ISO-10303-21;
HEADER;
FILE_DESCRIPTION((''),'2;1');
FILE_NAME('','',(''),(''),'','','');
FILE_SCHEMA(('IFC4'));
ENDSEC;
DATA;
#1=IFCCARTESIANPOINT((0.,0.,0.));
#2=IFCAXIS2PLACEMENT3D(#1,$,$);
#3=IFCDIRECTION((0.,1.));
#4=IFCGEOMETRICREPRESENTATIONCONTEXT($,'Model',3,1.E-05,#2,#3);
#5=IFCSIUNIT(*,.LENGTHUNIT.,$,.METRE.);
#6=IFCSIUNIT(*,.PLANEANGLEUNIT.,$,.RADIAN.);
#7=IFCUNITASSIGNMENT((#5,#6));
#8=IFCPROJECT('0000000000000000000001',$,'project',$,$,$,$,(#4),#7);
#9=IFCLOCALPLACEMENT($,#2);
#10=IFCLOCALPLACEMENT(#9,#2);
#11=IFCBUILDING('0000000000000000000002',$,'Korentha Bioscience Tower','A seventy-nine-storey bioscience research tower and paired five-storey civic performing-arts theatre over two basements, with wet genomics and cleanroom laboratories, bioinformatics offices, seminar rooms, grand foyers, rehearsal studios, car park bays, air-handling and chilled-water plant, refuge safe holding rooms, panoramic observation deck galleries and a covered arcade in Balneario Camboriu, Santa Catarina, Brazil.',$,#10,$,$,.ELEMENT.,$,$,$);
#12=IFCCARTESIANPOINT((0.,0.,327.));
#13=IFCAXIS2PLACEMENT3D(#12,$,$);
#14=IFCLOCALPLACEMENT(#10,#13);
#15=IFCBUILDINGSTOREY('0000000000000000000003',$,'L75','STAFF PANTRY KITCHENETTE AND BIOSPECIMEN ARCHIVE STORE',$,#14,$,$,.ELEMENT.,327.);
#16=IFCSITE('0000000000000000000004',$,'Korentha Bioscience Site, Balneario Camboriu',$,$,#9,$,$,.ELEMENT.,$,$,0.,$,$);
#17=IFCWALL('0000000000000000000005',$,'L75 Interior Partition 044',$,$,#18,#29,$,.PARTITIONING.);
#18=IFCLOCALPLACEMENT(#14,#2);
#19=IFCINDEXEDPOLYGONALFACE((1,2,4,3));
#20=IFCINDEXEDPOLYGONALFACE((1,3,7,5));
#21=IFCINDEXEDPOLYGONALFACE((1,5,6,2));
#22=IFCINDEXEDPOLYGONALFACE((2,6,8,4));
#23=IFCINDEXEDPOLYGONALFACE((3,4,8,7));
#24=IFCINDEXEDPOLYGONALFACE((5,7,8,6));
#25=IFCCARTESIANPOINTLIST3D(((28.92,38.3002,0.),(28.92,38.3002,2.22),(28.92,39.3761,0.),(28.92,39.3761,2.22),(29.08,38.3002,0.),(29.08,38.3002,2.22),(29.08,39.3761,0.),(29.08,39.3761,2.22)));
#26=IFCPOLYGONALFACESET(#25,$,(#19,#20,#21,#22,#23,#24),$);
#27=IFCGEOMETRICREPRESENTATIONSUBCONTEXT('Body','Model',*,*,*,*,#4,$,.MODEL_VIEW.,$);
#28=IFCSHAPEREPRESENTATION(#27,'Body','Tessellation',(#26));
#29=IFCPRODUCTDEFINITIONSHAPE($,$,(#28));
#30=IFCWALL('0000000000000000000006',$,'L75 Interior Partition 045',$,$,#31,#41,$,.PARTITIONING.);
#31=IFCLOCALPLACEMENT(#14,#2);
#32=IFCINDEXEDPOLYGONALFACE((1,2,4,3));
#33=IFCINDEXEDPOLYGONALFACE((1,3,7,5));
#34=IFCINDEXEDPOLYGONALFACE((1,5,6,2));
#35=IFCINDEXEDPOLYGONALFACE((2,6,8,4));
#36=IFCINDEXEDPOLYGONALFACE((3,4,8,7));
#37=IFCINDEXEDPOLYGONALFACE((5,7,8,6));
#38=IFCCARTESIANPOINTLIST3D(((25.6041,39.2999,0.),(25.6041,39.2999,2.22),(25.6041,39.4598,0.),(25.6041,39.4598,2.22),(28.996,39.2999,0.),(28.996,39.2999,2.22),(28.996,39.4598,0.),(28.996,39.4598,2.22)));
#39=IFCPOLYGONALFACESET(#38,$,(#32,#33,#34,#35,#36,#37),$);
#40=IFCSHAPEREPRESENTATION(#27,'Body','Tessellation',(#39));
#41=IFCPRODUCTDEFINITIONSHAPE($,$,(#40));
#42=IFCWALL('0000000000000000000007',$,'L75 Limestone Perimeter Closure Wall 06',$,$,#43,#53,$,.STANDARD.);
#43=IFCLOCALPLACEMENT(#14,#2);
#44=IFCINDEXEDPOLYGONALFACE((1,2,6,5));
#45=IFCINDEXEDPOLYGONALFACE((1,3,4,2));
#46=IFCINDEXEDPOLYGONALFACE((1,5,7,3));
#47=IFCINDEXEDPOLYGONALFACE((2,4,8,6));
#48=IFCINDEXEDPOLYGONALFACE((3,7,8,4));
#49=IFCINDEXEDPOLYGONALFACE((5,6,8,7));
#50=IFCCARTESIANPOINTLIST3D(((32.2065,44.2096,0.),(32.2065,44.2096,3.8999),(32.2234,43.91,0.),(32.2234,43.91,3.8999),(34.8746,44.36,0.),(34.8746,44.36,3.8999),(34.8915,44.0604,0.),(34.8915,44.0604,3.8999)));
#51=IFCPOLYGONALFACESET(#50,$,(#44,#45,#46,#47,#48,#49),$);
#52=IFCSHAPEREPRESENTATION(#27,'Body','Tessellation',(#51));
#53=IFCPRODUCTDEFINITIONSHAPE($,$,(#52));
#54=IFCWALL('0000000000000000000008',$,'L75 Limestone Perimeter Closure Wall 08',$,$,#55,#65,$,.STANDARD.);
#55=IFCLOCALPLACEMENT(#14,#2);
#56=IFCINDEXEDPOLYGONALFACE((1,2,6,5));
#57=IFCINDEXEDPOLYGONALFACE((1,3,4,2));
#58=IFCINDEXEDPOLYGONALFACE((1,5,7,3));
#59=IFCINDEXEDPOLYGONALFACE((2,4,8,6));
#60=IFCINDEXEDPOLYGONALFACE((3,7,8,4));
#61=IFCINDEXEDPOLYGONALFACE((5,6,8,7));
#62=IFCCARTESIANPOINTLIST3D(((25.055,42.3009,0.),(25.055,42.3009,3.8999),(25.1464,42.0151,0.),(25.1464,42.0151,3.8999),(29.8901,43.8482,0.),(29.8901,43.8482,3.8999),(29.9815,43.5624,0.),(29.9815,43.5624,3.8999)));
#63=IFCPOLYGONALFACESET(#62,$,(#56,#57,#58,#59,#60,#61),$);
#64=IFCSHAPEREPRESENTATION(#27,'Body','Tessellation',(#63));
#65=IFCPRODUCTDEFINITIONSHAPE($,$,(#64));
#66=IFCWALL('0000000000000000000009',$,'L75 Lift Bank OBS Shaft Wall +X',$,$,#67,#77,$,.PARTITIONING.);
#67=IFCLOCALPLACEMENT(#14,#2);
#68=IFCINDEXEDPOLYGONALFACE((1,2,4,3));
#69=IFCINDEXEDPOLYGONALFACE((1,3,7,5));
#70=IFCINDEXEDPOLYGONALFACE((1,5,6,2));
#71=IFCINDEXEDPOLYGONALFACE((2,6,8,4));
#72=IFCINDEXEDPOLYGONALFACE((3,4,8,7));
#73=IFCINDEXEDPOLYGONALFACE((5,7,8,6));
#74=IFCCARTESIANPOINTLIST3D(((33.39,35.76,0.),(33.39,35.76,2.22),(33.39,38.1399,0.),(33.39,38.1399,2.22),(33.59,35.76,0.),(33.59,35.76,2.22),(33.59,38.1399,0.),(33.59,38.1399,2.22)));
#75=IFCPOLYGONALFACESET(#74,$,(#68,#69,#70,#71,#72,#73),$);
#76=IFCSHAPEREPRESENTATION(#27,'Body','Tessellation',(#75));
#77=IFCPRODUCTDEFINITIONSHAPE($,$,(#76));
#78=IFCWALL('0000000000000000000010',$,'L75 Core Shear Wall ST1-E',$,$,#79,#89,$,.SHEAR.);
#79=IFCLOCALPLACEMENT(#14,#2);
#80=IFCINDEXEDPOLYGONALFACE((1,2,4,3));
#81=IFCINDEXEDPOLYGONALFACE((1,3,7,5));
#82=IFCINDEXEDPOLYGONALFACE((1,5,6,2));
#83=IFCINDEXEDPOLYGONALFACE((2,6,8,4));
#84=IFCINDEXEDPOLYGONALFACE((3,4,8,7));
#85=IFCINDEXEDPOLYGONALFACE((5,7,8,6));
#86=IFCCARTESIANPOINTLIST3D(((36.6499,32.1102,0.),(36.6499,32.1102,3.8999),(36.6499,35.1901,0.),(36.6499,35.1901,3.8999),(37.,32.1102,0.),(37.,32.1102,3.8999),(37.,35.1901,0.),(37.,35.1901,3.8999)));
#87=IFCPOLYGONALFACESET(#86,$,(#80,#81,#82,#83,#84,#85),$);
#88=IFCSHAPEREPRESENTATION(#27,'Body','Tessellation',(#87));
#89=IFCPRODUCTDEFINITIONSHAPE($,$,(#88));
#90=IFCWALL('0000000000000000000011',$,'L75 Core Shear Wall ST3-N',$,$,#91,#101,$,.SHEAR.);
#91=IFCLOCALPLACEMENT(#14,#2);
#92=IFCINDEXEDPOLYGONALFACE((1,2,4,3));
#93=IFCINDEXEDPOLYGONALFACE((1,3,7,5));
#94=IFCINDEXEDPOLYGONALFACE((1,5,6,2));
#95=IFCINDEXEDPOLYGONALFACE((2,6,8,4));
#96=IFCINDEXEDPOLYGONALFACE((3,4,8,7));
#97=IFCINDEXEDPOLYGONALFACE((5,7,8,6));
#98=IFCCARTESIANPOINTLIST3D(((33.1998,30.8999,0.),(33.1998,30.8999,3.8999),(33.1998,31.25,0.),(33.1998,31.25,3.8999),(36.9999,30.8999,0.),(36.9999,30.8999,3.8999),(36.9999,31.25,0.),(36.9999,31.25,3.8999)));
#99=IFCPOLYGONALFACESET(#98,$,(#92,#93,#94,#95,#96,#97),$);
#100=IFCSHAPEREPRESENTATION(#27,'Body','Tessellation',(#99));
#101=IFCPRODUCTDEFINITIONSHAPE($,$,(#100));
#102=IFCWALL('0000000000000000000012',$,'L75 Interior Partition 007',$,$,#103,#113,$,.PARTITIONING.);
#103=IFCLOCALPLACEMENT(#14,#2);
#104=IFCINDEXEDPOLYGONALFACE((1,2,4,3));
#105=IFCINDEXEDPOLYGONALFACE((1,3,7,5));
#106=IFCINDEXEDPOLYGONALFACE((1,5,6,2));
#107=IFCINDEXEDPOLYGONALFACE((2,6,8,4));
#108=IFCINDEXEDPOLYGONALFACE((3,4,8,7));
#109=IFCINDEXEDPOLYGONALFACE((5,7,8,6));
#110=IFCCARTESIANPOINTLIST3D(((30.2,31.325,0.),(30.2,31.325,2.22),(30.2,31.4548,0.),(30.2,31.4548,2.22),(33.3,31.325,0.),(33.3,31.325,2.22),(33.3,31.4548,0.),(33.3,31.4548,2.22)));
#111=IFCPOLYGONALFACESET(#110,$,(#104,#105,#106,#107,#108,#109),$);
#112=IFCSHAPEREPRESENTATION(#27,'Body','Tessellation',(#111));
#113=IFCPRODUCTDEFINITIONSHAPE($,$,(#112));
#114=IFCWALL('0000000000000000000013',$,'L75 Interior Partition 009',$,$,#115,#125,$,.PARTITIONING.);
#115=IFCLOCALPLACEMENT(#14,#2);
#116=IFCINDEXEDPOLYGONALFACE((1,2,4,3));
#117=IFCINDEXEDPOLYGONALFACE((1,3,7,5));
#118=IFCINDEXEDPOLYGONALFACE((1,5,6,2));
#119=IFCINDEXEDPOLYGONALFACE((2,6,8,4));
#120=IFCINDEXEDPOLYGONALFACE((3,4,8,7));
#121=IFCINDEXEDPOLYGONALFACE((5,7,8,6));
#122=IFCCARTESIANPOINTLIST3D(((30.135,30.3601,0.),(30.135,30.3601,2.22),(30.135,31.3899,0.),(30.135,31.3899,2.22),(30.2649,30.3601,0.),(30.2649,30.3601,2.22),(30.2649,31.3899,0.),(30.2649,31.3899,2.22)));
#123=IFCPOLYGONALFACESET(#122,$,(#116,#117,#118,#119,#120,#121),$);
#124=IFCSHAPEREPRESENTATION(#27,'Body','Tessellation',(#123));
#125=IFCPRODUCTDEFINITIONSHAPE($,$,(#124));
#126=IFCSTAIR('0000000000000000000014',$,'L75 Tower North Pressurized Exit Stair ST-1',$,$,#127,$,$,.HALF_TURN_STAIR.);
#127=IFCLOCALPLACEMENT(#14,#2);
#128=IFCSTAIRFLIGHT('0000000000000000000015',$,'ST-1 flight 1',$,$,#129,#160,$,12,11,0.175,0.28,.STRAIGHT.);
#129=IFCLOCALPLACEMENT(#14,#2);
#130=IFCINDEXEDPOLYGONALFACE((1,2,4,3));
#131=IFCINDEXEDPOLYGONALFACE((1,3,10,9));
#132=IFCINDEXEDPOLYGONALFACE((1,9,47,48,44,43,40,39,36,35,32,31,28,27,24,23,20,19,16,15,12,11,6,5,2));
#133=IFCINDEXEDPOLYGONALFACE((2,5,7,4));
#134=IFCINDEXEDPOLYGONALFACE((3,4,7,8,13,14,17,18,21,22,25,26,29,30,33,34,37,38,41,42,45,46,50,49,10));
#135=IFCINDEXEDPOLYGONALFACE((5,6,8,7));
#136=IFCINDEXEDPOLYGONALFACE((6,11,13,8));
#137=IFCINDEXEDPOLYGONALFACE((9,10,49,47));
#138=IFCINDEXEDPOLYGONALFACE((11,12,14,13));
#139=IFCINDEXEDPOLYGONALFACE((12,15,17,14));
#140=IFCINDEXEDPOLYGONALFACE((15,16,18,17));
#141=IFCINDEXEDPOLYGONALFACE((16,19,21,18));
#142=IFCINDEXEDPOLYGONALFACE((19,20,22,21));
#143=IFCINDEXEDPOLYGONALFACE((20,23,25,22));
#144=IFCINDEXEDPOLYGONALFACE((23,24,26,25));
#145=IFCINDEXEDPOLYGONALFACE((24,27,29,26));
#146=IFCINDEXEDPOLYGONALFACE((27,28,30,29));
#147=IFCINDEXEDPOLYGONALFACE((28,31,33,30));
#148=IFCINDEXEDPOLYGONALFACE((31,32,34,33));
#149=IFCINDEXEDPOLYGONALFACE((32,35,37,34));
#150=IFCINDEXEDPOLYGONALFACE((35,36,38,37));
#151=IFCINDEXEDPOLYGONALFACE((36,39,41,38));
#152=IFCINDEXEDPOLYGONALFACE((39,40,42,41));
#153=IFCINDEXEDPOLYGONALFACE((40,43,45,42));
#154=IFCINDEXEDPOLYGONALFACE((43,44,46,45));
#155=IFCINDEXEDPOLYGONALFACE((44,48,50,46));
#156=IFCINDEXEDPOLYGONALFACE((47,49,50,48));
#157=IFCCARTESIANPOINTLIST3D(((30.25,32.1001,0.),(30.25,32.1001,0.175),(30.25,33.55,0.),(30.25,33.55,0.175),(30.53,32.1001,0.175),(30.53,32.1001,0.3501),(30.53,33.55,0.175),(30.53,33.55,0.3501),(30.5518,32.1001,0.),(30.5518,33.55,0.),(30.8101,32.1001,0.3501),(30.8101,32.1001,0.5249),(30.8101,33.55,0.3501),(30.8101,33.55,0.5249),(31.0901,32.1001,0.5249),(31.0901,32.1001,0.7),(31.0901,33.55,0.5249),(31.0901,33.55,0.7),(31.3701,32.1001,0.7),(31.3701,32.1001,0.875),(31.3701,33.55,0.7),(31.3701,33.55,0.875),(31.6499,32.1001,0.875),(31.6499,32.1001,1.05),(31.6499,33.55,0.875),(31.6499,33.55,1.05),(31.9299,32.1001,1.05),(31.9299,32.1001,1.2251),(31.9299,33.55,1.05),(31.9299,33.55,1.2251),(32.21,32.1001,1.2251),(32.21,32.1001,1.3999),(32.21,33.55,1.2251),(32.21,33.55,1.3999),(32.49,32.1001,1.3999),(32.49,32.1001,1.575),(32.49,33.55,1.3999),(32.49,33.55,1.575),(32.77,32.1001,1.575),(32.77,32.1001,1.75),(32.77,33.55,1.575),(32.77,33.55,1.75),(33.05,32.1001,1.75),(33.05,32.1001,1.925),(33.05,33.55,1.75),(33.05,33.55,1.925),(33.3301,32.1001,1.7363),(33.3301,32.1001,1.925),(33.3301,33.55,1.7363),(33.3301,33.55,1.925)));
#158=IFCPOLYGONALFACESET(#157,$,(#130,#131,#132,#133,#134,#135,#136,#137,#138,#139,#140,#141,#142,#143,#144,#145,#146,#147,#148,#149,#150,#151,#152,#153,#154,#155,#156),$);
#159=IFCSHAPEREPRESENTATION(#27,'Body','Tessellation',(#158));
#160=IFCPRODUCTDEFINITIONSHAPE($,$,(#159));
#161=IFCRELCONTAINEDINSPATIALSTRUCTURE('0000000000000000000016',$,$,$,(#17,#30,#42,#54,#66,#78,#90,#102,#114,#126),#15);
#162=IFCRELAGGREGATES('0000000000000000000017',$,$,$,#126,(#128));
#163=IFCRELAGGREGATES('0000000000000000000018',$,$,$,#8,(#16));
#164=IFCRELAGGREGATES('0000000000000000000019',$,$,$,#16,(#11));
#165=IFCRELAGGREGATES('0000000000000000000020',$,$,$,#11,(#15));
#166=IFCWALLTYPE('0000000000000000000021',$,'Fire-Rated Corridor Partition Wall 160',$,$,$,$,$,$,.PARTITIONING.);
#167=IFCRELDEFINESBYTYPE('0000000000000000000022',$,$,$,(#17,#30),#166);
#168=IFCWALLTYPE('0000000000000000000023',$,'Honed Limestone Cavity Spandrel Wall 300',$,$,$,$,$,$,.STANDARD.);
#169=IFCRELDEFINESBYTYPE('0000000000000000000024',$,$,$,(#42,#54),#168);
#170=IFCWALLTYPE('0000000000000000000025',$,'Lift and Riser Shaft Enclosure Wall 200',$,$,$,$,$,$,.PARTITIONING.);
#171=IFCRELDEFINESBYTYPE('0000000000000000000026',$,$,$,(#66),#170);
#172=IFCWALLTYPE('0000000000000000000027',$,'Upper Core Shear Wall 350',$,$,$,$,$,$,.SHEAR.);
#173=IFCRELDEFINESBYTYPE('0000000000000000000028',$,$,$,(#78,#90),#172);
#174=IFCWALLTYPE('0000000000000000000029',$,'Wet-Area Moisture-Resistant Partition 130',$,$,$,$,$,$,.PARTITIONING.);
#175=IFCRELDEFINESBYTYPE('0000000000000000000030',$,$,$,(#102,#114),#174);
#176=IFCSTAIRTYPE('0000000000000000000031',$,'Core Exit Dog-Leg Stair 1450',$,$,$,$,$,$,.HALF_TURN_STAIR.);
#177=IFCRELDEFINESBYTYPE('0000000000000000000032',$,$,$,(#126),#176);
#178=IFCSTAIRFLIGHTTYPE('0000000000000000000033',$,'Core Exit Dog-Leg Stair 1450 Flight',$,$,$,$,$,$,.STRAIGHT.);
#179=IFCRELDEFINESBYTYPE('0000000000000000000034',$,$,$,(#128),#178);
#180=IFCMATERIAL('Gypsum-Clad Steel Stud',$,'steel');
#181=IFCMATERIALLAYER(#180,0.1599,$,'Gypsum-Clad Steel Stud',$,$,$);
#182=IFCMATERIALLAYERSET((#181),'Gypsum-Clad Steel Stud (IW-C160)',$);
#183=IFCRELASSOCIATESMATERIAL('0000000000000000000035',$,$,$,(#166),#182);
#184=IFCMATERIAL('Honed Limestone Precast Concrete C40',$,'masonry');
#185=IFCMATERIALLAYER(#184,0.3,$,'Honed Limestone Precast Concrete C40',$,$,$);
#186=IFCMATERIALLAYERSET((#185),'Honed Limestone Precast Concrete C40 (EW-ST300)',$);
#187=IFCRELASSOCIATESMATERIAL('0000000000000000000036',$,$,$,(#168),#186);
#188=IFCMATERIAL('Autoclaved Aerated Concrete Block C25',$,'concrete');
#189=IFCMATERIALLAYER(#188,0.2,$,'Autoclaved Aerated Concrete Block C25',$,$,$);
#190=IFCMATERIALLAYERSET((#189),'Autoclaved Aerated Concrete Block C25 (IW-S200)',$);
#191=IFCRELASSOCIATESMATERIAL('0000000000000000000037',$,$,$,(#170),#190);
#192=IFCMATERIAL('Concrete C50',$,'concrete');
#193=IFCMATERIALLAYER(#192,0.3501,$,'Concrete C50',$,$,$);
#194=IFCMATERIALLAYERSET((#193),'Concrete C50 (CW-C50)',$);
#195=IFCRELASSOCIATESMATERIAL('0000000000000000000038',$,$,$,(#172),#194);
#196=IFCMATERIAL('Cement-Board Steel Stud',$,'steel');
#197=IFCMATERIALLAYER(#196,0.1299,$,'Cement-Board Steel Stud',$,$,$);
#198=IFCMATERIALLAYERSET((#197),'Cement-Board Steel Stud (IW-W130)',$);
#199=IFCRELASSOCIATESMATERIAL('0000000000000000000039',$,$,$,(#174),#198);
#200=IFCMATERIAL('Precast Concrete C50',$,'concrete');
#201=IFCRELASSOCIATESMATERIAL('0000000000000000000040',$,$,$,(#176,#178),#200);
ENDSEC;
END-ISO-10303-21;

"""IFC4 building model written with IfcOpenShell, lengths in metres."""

from ifc_helpers import new_model, si_unit, direction, frame, frame_2d, origin, place, context, subcontext, project, spatial, polyline, rectangle, outline, extrude, material, layer, layer_set, type_object, element, aggregate, save


model = new_model("IFC4")

# Units and contexts
model_context = context("Model", 3, precision=1e-05, world=origin(), true_north=direction((0.0, 1.0)))
body_context = subcontext(model_context, "Body", "Model", "MODEL_VIEW")
ifc_project = project(units=[si_unit("LENGTHUNIT", "METRE"), si_unit("PLANEANGLEUNIT", "RADIAN")], contexts=[model_context])

# Site, building, storey
site_placement = place(None, origin())
site = spatial("IfcSite", under=ifc_project, at=site_placement, Name="Korentha Bioscience Site, Balneario Camboriu", CompositionType="ELEMENT", RefElevation=0.0)
building_placement = place(site_placement, origin())
building = spatial("IfcBuilding", under=site, at=building_placement, Name="Korentha Bioscience Tower", Description="A seventy-nine-storey bioscience research tower and paired five-storey civic performing-arts theatre over two basements, with wet genomics and cleanroom laboratories, bioinformatics offices, seminar rooms, grand foyers, rehearsal studios, car park bays, air-handling and chilled-water plant, refuge safe holding rooms, panoramic observation deck galleries and a covered arcade in Balneario Camboriu, Santa Catarina, Brazil.", CompositionType="ELEMENT")
storey_placement = place(building_placement, frame((0.0, 0.0, 327.0)))
storey = spatial("IfcBuildingStorey", under=building, at=storey_placement, Name="L75", Description="STAFF PANTRY KITCHENETTE AND BIOSPECIMEN ARCHIVE STORE", CompositionType="ELEMENT", Elevation=327.0)

# Shared definitions
ifc_material_1 = material(Name="Concrete C50", Category="concrete")

# Walls
ifc_material_2 = material(Name="Gypsum-Clad Steel Stud", Category="steel")
ifc_layer_1 = layer(ifc_material_2, 0.1599, Name="Gypsum-Clad Steel Stud")
ifc_layer_set_1 = layer_set([ifc_layer_1], Name="Gypsum-Clad Steel Stud (IW-C160)")
wall_type_1 = type_object("IfcWallType", Name="Fire-Rated Corridor Partition Wall 160", PredefinedType="PARTITIONING", material=ifc_layer_set_1)
wall_1_placement = place(storey_placement, frame((29.0, 38.3, 0.0), z_axis=(0.0, 0.0, 1.0), x_axis=(0.0, 1.0, 0.0)))
element("IfcWall", 1, at=wall_1_placement, inside=storey, type_object=wall_type_1, Name="L75 Interior Partition 044", PredefinedType="PARTITIONING", context=body_context, shape_type="SweptSolid", body=[
    extrude(rectangle(XDim=1.0759, YDim=0.1599, at=frame_2d((0.5381, 0.0))), origin(), (0.0, 0.0, 1.0), 2.22),
])
wall_2_placement = place(storey_placement, frame((28.9958, 39.3799, 0.0), z_axis=(0.0, 0.0, 1.0), x_axis=(-1.0, 0.0, 0.0)))
element("IfcWall", 2, at=wall_2_placement, inside=storey, type_object=wall_type_1, Name="L75 Interior Partition 045", PredefinedType="PARTITIONING", context=body_context, shape_type="SweptSolid", body=[
    extrude(rectangle(XDim=3.3918, YDim=0.1599, at=frame_2d((1.6958, 0.0))), origin(), (0.0, 0.0, 1.0), 2.22),
])
ifc_material_3 = material(Name="Honed Limestone Precast Concrete C40", Category="masonry")
ifc_layer_2 = layer(ifc_material_3, 0.3, Name="Honed Limestone Precast Concrete C40")
ifc_layer_set_2 = layer_set([ifc_layer_2], Name="Honed Limestone Precast Concrete C40 (EW-ST300)")
wall_type_2 = type_object("IfcWallType", Name="Honed Limestone Cavity Spandrel Wall 300", PredefinedType="STANDARD", material=ifc_layer_set_2)
wall_3_placement = place(storey_placement, frame((34.8831, 44.2102, 0.0), z_axis=(0.0, 0.0, 1.0), x_axis=(-0.998415, -0.056274, 0.0)))
element("IfcWall", 3, at=wall_3_placement, inside=storey, type_object=wall_type_2, Name="L75 Limestone Perimeter Closure Wall 06", PredefinedType="STANDARD", context=body_context, shape_type="SweptSolid", body=[
    extrude(rectangle(XDim=2.6724, YDim=0.3, at=frame_2d((1.3362, 0.0))), origin(), (0.0, 0.0, 1.0), 3.8999),
])
wall_4_placement = place(storey_placement, frame((29.9358, 43.7053, 0.0), z_axis=(0.0, 0.0, 1.0), x_axis=(-0.952419, -0.304793, 0.0)))
element("IfcWall", 4, at=wall_4_placement, inside=storey, type_object=wall_type_2, Name="L75 Limestone Perimeter Closure Wall 08", PredefinedType="STANDARD", context=body_context, shape_type="SweptSolid", body=[
    extrude(rectangle(XDim=5.0767, YDim=0.3, at=frame_2d((2.5383, 0.0))), origin(), (0.0, 0.0, 1.0), 3.8999),
])
ifc_material_4 = material(Name="Autoclaved Aerated Concrete Block C25", Category="concrete")
ifc_layer_3 = layer(ifc_material_4, 0.2, Name="Autoclaved Aerated Concrete Block C25")
ifc_layer_set_3 = layer_set([ifc_layer_3], Name="Autoclaved Aerated Concrete Block C25 (IW-S200)")
wall_type_3 = type_object("IfcWallType", Name="Lift and Riser Shaft Enclosure Wall 200", PredefinedType="PARTITIONING", material=ifc_layer_set_3)
wall_5_placement = place(storey_placement, frame((33.49, 35.76, 0.0), z_axis=(0.0, 0.0, 1.0), x_axis=(0.0, 1.0, 0.0)))
element("IfcWall", 5, at=wall_5_placement, inside=storey, type_object=wall_type_3, Name="L75 Lift Bank OBS Shaft Wall +X", PredefinedType="PARTITIONING", context=body_context, shape_type="SweptSolid", body=[
    extrude(rectangle(XDim=2.3799, YDim=0.2, at=frame_2d((1.1899, 0.0))), origin(), (0.0, 0.0, 1.0), 2.22),
])
ifc_layer_4 = layer(ifc_material_1, 0.3501, Name="Concrete C50")
ifc_layer_set_4 = layer_set([ifc_layer_4], Name="Concrete C50 (CW-C50)")
wall_type_4 = type_object("IfcWallType", Name="Upper Core Shear Wall 350", PredefinedType="SHEAR", material=ifc_layer_set_4)
wall_6_placement = place(storey_placement, frame((36.825, 32.1101, 0.0), z_axis=(0.0, 0.0, 1.0), x_axis=(0.0, 1.0, 0.0)))
element("IfcWall", 6, at=wall_6_placement, inside=storey, type_object=wall_type_4, Name="L75 Core Shear Wall ST1-E", PredefinedType="SHEAR", context=body_context, shape_type="SweptSolid", body=[
    extrude(rectangle(XDim=3.0798, YDim=0.3501, at=frame_2d((1.54, 0.0))), origin(), (0.0, 0.0, 1.0), 3.8999),
])
wall_7_placement = place(storey_placement, frame((33.2, 31.075, 0.0), z_axis=(0.0, 0.0, 1.0), x_axis=(1.0, 0.0, 0.0)))
element("IfcWall", 7, at=wall_7_placement, inside=storey, type_object=wall_type_4, Name="L75 Core Shear Wall ST3-N", PredefinedType="SHEAR", context=body_context, shape_type="SweptSolid", body=[
    extrude(rectangle(XDim=3.8, YDim=0.3501, at=frame_2d((1.8999, 0.0))), origin(), (0.0, 0.0, 1.0), 3.8999),
])

# Shared definitions
ifc_material_5 = material(Name="Cement-Board Steel Stud", Category="steel")
ifc_layer_5 = layer(ifc_material_5, 0.1299, Name="Cement-Board Steel Stud")
ifc_layer_set_5 = layer_set([ifc_layer_5], Name="Cement-Board Steel Stud (IW-W130)")
wall_type_5 = type_object("IfcWallType", Name="Wet-Area Moisture-Resistant Partition 130", PredefinedType="PARTITIONING", material=ifc_layer_set_5)

# Walls
wall_8_placement = place(storey_placement, frame((30.2, 31.3899, 0.0), z_axis=(0.0, 0.0, 1.0), x_axis=(1.0, 0.0, 0.0)))
element("IfcWall", 8, at=wall_8_placement, inside=storey, type_object=wall_type_5, Name="L75 Interior Partition 007", PredefinedType="PARTITIONING", context=body_context, shape_type="SweptSolid", body=[
    extrude(rectangle(XDim=3.1001, YDim=0.1299, at=frame_2d((1.55, 0.0))), origin(), (0.0, 0.0, 1.0), 2.22),
])
wall_9_placement = place(storey_placement, frame((30.2, 30.3601, 0.0), z_axis=(0.0, 0.0, 1.0), x_axis=(0.0, 1.0, 0.0)))
element("IfcWall", 9, at=wall_9_placement, inside=storey, type_object=wall_type_5, Name="L75 Interior Partition 009", PredefinedType="PARTITIONING", context=body_context, shape_type="SweptSolid", body=[
    extrude(rectangle(XDim=1.0298, YDim=0.1299, at=frame_2d((0.5149, 0.0))), origin(), (0.0, 0.0, 1.0), 2.22),
])

# Stair, stair flight
ifc_material_6 = material(Name="Precast Concrete C50", Category="concrete")
stair_type = type_object("IfcStairType", Name="Core Exit Dog-Leg Stair 1450", PredefinedType="HALF_TURN_STAIR", material=ifc_material_6)
stair_placement = place(storey_placement, origin())
stair = element("IfcStair", 10, at=stair_placement, inside=storey, type_object=stair_type, Name="L75 Tower North Pressurized Exit Stair ST-1", PredefinedType="HALF_TURN_STAIR")
stair_flight_type = type_object("IfcStairFlightType", Name="Core Exit Dog-Leg Stair 1450 Flight", PredefinedType="STRAIGHT", material=ifc_material_6)
stair_flight_1_placement = place(storey_placement, frame((30.25, 32.825, 0.0), z_axis=(0.0, 0.0, 1.0), x_axis=(1.0, 0.0, 0.0)))
stair_flight_1 = element("IfcStairFlight", 11, at=stair_flight_1_placement, type_object=stair_flight_type, Name="ST-1 flight 1", NumberOfRisers=12, NumberOfTreads=11, PredefinedType="STRAIGHT", RiserHeight=0.175, TreadLength=0.28, context=body_context, shape_type="SweptSolid", body=[
    extrude(outline(polyline([(0.0, 0.0), (0.0, 0.175), (0.28, 0.175), (0.28, 0.3501), (0.5601, 0.3501), (0.5601, 0.5249), (0.8401, 0.5249), (0.8401, 0.7), (1.1201, 0.7), (1.1201, 0.875), (1.3999, 0.875), (1.3999, 1.05), (1.6799, 1.05), (1.6799, 1.2251), (1.96, 1.2251), (1.96, 1.3999), (2.24, 1.3999), (2.24, 1.575), (2.52, 1.575), (2.52, 1.75), (2.8, 1.75), (2.8, 1.925), (3.0801, 1.925), (3.0801, 2.1001), (3.0801, 1.7363), (0.3018, 0.0), (0.0, 0.0)])), frame((0.0, 0.7251, 0.0), z_axis=(0.0, -1.0, 0.0), x_axis=(1.0, 0.0, 0.0)), (0.0, 0.0, 1.0), 1.45),
])
aggregate(stair, [stair_flight_1])

save(model, "model.ifc")
